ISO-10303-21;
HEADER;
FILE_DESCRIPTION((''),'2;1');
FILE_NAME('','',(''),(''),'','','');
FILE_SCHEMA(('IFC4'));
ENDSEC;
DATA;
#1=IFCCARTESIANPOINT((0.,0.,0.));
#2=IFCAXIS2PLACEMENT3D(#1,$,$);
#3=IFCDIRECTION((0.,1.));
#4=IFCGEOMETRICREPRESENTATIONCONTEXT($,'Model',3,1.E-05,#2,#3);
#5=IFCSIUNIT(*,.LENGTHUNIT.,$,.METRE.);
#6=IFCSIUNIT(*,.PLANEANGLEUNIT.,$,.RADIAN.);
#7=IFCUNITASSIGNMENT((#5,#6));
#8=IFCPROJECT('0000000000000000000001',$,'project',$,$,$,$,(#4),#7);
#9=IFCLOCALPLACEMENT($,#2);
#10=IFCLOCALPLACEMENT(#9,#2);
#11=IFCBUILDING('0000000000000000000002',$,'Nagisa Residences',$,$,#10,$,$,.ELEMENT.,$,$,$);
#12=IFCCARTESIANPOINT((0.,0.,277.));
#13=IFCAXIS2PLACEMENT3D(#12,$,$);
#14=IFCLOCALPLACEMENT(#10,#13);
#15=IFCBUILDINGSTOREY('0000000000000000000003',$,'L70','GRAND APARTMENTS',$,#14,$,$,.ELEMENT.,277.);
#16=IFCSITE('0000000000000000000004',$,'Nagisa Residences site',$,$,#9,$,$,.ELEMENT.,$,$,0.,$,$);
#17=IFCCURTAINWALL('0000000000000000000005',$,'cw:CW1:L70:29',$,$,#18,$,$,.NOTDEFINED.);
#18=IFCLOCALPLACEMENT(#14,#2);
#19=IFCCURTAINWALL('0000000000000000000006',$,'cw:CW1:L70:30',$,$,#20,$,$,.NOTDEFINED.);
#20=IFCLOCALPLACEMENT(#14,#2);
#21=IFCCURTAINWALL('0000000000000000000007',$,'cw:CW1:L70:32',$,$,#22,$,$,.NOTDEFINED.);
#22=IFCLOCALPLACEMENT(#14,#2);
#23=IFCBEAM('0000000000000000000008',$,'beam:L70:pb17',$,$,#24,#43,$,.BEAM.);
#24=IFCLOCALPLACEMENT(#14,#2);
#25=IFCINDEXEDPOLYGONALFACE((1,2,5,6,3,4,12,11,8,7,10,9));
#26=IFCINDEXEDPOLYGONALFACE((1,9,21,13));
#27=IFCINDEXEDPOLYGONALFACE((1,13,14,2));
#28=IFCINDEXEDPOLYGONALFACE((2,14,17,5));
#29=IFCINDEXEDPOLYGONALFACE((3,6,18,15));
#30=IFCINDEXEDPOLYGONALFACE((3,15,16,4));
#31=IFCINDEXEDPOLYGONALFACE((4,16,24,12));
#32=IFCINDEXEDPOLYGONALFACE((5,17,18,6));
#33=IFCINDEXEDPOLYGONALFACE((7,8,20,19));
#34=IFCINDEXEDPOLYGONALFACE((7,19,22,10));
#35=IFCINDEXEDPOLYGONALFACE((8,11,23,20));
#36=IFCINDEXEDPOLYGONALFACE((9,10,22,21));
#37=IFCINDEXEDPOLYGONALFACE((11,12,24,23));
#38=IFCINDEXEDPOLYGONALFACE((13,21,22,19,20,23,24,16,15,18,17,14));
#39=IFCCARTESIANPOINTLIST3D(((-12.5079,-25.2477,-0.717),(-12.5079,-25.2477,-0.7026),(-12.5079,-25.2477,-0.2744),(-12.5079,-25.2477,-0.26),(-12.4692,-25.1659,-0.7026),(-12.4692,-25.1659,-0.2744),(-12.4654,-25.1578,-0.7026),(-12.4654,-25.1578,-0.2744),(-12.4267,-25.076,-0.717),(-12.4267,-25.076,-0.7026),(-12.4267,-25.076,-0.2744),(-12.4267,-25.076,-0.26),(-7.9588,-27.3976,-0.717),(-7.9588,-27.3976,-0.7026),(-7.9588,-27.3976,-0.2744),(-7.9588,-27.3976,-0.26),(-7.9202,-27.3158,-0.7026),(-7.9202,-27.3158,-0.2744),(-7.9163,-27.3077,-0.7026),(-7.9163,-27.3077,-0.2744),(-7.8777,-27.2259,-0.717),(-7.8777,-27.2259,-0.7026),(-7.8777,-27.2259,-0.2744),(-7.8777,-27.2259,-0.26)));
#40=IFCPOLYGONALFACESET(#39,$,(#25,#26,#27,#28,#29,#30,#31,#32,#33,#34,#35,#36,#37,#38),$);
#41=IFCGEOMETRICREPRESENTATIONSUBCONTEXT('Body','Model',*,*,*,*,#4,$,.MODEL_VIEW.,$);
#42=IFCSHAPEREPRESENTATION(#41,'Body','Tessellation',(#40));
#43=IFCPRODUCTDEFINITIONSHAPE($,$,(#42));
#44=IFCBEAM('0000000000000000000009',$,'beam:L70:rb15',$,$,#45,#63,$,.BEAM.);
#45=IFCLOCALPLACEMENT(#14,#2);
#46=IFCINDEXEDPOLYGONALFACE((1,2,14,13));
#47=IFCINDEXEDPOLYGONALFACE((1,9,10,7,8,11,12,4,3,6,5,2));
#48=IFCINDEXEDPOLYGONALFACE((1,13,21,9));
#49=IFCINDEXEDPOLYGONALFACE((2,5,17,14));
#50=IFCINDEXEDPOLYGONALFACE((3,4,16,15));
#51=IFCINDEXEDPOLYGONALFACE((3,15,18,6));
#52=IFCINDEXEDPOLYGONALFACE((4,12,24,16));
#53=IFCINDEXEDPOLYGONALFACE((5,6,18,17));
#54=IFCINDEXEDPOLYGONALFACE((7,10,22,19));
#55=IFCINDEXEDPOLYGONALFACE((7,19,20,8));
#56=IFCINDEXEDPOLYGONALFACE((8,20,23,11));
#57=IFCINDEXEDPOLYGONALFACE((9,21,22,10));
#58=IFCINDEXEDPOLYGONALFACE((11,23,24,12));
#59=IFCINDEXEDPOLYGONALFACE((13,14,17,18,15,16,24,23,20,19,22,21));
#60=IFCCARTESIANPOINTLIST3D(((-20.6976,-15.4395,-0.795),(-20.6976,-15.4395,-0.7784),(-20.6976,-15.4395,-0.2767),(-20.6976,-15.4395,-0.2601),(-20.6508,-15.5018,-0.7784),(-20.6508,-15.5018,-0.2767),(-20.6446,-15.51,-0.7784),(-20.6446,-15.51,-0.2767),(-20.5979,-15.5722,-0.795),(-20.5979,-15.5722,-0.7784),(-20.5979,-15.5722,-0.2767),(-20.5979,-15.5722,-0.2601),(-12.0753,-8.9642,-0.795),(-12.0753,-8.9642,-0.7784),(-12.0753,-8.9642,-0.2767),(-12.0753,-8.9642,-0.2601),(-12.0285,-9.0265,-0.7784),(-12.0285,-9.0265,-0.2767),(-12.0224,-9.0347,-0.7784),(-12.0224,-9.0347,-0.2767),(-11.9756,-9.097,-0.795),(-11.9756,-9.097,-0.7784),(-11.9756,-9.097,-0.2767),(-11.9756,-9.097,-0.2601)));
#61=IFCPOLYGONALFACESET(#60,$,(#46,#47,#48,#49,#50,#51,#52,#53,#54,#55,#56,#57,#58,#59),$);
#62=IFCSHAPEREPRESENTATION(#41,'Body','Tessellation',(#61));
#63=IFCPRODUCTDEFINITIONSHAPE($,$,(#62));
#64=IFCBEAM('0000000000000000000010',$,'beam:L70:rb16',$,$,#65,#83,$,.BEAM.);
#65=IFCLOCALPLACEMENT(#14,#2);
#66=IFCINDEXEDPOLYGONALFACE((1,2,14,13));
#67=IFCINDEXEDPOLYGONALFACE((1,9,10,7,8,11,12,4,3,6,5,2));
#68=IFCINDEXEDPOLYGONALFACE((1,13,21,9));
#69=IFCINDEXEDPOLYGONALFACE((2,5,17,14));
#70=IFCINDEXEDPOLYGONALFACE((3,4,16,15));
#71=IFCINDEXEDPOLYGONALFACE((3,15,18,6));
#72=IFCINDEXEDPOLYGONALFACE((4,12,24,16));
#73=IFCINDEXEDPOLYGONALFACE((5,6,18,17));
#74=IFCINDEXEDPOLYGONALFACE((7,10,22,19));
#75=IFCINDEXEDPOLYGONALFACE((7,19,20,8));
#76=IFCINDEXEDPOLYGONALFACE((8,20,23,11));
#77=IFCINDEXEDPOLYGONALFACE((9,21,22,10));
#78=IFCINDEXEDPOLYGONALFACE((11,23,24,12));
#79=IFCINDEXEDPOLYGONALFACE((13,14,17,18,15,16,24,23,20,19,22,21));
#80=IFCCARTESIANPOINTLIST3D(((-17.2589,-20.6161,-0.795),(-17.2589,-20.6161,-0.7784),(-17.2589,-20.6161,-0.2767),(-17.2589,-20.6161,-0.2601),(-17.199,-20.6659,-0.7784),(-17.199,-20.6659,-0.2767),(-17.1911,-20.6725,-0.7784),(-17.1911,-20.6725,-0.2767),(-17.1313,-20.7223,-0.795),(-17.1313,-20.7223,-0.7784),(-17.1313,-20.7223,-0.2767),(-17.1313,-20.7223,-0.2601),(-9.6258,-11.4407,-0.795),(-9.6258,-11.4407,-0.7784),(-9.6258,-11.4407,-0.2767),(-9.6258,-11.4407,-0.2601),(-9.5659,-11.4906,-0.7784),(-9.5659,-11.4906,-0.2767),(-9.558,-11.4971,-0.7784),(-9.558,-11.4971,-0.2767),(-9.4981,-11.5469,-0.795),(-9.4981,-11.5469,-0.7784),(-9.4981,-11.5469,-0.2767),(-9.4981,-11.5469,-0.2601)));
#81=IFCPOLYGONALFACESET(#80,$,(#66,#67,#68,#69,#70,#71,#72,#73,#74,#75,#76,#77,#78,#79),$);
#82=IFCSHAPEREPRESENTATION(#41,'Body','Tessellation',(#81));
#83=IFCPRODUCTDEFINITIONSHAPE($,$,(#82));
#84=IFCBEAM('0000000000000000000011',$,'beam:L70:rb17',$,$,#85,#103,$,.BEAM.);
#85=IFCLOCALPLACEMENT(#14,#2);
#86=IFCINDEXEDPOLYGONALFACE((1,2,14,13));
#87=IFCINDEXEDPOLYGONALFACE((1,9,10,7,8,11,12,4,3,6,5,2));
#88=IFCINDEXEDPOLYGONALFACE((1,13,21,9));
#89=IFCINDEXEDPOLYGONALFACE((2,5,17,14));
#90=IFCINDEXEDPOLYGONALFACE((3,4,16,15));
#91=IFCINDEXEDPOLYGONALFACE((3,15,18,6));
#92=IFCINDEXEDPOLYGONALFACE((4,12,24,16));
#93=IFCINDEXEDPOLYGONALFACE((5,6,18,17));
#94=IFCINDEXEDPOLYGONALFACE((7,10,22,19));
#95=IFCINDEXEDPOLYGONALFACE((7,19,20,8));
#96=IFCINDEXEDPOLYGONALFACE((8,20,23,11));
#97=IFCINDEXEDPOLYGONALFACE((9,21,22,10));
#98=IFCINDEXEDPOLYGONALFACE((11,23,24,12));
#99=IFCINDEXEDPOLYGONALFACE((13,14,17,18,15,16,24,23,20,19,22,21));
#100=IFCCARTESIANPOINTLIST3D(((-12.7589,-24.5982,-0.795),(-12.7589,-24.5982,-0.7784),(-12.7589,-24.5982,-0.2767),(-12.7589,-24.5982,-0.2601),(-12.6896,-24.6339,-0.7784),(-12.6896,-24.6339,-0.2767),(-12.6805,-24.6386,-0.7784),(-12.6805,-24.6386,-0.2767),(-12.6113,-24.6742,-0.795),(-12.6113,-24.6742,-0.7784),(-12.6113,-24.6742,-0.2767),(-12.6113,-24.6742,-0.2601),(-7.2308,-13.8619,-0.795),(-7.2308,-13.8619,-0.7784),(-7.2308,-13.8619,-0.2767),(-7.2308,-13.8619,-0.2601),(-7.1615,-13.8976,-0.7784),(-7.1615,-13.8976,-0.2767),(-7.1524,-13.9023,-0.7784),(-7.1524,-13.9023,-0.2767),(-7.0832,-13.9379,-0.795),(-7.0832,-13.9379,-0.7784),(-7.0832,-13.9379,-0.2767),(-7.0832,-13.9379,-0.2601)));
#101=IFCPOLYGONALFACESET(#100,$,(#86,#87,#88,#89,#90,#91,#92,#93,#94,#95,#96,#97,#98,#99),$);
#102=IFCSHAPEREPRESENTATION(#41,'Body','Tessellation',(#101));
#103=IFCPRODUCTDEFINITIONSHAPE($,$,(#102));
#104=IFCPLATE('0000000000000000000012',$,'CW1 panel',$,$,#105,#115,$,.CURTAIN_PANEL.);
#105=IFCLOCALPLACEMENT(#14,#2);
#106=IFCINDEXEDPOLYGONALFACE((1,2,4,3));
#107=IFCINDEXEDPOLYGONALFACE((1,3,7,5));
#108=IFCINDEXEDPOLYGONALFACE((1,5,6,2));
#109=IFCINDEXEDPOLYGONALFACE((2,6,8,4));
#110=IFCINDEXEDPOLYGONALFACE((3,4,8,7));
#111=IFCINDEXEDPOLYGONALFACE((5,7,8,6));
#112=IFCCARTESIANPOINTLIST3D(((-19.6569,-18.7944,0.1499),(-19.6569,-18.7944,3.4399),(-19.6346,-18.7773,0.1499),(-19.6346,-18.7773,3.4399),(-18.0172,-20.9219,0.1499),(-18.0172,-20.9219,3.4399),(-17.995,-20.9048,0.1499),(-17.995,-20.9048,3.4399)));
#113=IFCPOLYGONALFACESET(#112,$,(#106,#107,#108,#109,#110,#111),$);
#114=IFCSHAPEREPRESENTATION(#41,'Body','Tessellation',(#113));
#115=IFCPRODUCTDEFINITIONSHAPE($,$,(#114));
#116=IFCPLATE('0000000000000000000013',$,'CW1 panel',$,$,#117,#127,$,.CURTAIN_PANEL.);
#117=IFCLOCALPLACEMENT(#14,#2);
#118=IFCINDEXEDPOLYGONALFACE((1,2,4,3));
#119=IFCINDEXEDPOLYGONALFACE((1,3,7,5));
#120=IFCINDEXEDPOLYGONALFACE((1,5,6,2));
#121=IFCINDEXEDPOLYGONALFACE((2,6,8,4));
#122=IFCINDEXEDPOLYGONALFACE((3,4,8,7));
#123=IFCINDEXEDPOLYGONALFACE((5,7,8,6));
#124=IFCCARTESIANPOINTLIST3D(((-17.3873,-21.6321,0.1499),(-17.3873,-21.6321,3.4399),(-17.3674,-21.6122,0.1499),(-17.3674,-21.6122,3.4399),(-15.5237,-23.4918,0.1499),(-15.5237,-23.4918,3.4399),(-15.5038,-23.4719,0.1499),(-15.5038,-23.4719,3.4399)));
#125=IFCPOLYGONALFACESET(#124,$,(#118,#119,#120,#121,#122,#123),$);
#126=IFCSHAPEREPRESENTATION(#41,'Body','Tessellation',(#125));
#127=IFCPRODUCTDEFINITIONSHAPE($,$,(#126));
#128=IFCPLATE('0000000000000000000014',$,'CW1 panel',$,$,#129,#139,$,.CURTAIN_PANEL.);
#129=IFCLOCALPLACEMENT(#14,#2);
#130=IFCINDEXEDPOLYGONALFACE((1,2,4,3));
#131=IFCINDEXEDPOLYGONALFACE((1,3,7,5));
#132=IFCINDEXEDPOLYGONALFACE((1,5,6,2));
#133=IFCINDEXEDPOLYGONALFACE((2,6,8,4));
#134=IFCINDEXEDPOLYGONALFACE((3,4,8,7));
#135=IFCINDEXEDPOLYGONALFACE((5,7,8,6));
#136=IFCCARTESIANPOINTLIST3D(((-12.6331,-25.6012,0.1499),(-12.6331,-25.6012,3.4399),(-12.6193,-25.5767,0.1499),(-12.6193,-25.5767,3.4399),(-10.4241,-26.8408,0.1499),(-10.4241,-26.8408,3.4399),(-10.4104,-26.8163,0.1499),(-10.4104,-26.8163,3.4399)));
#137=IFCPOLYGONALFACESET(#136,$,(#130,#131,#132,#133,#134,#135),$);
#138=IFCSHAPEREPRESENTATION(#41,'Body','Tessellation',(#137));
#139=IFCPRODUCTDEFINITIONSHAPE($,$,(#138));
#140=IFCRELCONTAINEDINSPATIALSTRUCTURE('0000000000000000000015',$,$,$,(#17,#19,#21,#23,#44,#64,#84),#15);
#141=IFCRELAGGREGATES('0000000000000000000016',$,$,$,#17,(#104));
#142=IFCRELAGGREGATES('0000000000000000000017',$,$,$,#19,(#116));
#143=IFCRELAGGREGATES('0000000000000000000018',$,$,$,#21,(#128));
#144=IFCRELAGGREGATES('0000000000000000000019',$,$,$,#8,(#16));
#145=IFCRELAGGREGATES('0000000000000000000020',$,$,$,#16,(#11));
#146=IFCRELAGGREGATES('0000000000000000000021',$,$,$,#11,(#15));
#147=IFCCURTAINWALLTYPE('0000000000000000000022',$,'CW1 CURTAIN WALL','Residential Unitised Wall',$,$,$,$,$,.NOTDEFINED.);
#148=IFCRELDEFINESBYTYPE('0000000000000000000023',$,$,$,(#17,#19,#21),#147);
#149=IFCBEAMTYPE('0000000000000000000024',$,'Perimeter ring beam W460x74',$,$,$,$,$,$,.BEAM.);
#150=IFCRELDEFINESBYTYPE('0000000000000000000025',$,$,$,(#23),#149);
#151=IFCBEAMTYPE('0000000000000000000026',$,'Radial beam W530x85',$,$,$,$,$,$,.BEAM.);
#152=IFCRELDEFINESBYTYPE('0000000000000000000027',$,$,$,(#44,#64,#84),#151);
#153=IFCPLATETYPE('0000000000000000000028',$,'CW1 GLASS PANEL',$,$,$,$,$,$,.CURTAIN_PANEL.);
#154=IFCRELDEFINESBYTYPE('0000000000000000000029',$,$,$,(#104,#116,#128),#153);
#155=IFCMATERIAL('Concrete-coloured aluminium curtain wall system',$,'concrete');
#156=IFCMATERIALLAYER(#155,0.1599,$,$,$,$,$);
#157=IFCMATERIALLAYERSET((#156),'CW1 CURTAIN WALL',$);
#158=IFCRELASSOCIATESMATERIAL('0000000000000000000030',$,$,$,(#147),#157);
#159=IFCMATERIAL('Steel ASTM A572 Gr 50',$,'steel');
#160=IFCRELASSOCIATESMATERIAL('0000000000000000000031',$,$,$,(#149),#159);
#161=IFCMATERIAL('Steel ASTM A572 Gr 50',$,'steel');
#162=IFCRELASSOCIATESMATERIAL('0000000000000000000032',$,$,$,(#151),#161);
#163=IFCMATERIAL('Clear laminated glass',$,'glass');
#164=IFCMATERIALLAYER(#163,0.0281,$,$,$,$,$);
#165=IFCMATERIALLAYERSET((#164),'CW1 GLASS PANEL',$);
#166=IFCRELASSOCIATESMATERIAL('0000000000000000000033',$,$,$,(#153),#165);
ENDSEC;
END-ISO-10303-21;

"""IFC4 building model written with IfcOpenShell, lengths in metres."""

from ifc_helpers import new_model, si_unit, direction, frame, origin, origin_2d, place, context, subcontext, project, spatial, rectangle, i_section, extrude, material, layer, layer_set, material_profile, profile_set, type_object, element, aggregate, save


model = new_model("IFC4")

# Units and contexts
model_context = context("Model", 3, precision=1e-05, world=origin(), true_north=direction((0.0, 1.0)))
body_context = subcontext(model_context, "Body", "Model", "MODEL_VIEW")
ifc_project = project(units=[si_unit("LENGTHUNIT", "METRE"), si_unit("PLANEANGLEUNIT", "RADIAN")], contexts=[model_context])

# Site, building, storey
site_placement = place(None, origin())
site = spatial("IfcSite", under=ifc_project, at=site_placement, Name="Nagisa Residences site", CompositionType="ELEMENT", RefElevation=0.0)
building_placement = place(site_placement, origin())
building = spatial("IfcBuilding", under=site, at=building_placement, Name="Nagisa Residences", CompositionType="ELEMENT")
storey_placement = place(building_placement, frame((0.0, 0.0, 277.0)))
storey = spatial("IfcBuildingStorey", under=building, at=storey_placement, Name="L70", Description="GRAND APARTMENTS", CompositionType="ELEMENT", Elevation=277.0)

# Curtain walls
ifc_material_1 = material(Name="Concrete-coloured aluminium curtain wall system", Category="concrete")
ifc_layer_1 = layer(ifc_material_1, 0.1599)
ifc_layer_set_1 = layer_set([ifc_layer_1], Name="CW1 CURTAIN WALL")
curtain_wall_type = type_object("IfcCurtainWallType", Name="CW1 CURTAIN WALL", Description="Residential Unitised Wall", PredefinedType="NOTDEFINED", material=ifc_layer_set_1)
curtain_wall_1_placement = place(storey_placement, origin())
curtain_wall_1 = element("IfcCurtainWall", 1, at=curtain_wall_1_placement, inside=storey, type_object=curtain_wall_type, Name="cw:CW1:L70:29", PredefinedType="NOTDEFINED")
curtain_wall_2_placement = place(storey_placement, origin())
curtain_wall_2 = element("IfcCurtainWall", 2, at=curtain_wall_2_placement, inside=storey, type_object=curtain_wall_type, Name="cw:CW1:L70:30", PredefinedType="NOTDEFINED")
curtain_wall_3_placement = place(storey_placement, origin())
curtain_wall_3 = element("IfcCurtainWall", 3, at=curtain_wall_3_placement, inside=storey, type_object=curtain_wall_type, Name="cw:CW1:L70:32", PredefinedType="NOTDEFINED")

# Beams
ifc_material_2 = material(Name="Steel ASTM A572 Gr 50", Category="steel")
ifc_material_profile_1 = material_profile(ifc_material_2, i_section(OverallWidth=0.1899, OverallDepth=0.457, WebThickness=0.009, FlangeThickness=0.0144, at=origin_2d()), Name="W460x74")
ifc_profile_set_1 = profile_set([ifc_material_profile_1], Name="Steel ASTM A572 Gr 50")
beam_type_1 = type_object("IfcBeamType", Name="Perimeter ring beam W460x74", PredefinedType="BEAM", material=ifc_profile_set_1)
beam_1_placement = place(storey_placement, frame((-12.4673, -25.1619, -0.4885), z_axis=(0.904116, -0.427287, 0.0), x_axis=(0.427287, 0.904116, 0.0)))
element("IfcBeam", 4, at=beam_1_placement, inside=storey, type_object=beam_type_1, Name="beam:L70:pb17", PredefinedType="BEAM", context=body_context, shape_type="SweptSolid", body=[
    extrude(i_section(OverallWidth=0.1899, OverallDepth=0.457, WebThickness=0.009, FlangeThickness=0.0144, at=origin_2d()), origin(), (0.0, 0.0, 1.0), 5.0315),
])
ifc_material_3 = material(Name="Steel ASTM A572 Gr 50", Category="steel")
ifc_material_profile_2 = material_profile(ifc_material_3, i_section(OverallWidth=0.166, OverallDepth=0.5349, WebThickness=0.0103, FlangeThickness=0.0166, at=origin_2d()), Name="W530x85")
ifc_profile_set_2 = profile_set([ifc_material_profile_2], Name="Steel ASTM A572 Gr 50")
beam_type_2 = type_object("IfcBeamType", Name="Radial beam W530x85", PredefinedType="BEAM", material=ifc_profile_set_2)
beam_2_placement = place(storey_placement, frame((-20.6477, -15.5059, -0.5276), z_axis=(0.799617, 0.600511, 0.0), x_axis=(-0.600511, 0.799617, 0.0)))
element("IfcBeam", 5, at=beam_2_placement, inside=storey, type_object=beam_type_2, Name="beam:L70:rb15", PredefinedType="BEAM", context=body_context, shape_type="SweptSolid", body=[
    extrude(i_section(OverallWidth=0.166, OverallDepth=0.5349, WebThickness=0.0103, FlangeThickness=0.0166, at=origin_2d()), origin(), (0.0, 0.0, 1.0), 10.783),
])
beam_3_placement = place(storey_placement, frame((-17.1951, -20.6692, -0.5276), z_axis=(0.63954, 0.768758, 0.0), x_axis=(-0.768758, 0.63954, 0.0)))
element("IfcBeam", 6, at=beam_3_placement, inside=storey, type_object=beam_type_2, Name="beam:L70:rb16", PredefinedType="BEAM", context=body_context, shape_type="SweptSolid", body=[
    extrude(i_section(OverallWidth=0.166, OverallDepth=0.5349, WebThickness=0.0103, FlangeThickness=0.0166, at=origin_2d()), origin(), (0.0, 0.0, 1.0), 11.9353),
])
beam_4_placement = place(storey_placement, frame((-12.6851, -24.6362, -0.5276), z_axis=(0.457776, 0.889068, 0.0), x_axis=(-0.889068, 0.457776, 0.0)))
element("IfcBeam", 7, at=beam_4_placement, inside=storey, type_object=beam_type_2, Name="beam:L70:rb17", PredefinedType="BEAM", context=body_context, shape_type="SweptSolid", body=[
    extrude(i_section(OverallWidth=0.166, OverallDepth=0.5349, WebThickness=0.0103, FlangeThickness=0.0166, at=origin_2d()), origin(), (0.0, 0.0, 1.0), 12.0759),
])

# Plates
ifc_material_4 = material(Name="Clear laminated glass", Category="glass")
ifc_layer_2 = layer(ifc_material_4, 0.0281)
ifc_layer_set_2 = layer_set([ifc_layer_2], Name="CW1 GLASS PANEL")
plate_type = type_object("IfcPlateType", Name="CW1 GLASS PANEL", PredefinedType="CURTAIN_PANEL", material=ifc_layer_set_2)
plate_1_placement = place(storey_placement, frame((-18.8259, -19.8496, 0.1499), z_axis=(0.0, 0.0, 1.0), x_axis=(0.61043, -0.79207, 0.0)))
plate_1 = element("IfcPlate", 8, at=plate_1_placement, type_object=plate_type, Name="CW1 panel", PredefinedType="CURTAIN_PANEL", context=body_context, shape_type="SweptSolid", body=[
    extrude(rectangle(XDim=2.686, YDim=0.0281, at=origin_2d()), origin(), (0.0, 0.0, 1.0), 3.29),
])
aggregate(curtain_wall_1, [plate_1])
plate_2_placement = place(storey_placement, frame((-16.4456, -22.552, 0.1499), z_axis=(0.0, 0.0, 1.0), x_axis=(0.707836, -0.706377, 0.0)))
plate_2 = element("IfcPlate", 9, at=plate_2_placement, type_object=plate_type, Name="CW1 panel", PredefinedType="CURTAIN_PANEL", context=body_context, shape_type="SweptSolid", body=[
    extrude(rectangle(XDim=2.6328, YDim=0.0281, at=origin_2d()), origin(), (0.0, 0.0, 1.0), 3.29),
])
aggregate(curtain_wall_2, [plate_2])
plate_3_placement = place(storey_placement, frame((-11.5217, -26.2087, 0.1499), z_axis=(0.0, 0.0, 1.0), x_axis=(0.872072, -0.489377, 0.0)))
plate_3 = element("IfcPlate", 10, at=plate_3_placement, type_object=plate_type, Name="CW1 panel", PredefinedType="CURTAIN_PANEL", context=body_context, shape_type="SweptSolid", body=[
    extrude(rectangle(XDim=2.533, YDim=0.0281, at=origin_2d()), origin(), (0.0, 0.0, 1.0), 3.29),
])
aggregate(curtain_wall_3, [plate_3])

save(model, "model.ifc")
